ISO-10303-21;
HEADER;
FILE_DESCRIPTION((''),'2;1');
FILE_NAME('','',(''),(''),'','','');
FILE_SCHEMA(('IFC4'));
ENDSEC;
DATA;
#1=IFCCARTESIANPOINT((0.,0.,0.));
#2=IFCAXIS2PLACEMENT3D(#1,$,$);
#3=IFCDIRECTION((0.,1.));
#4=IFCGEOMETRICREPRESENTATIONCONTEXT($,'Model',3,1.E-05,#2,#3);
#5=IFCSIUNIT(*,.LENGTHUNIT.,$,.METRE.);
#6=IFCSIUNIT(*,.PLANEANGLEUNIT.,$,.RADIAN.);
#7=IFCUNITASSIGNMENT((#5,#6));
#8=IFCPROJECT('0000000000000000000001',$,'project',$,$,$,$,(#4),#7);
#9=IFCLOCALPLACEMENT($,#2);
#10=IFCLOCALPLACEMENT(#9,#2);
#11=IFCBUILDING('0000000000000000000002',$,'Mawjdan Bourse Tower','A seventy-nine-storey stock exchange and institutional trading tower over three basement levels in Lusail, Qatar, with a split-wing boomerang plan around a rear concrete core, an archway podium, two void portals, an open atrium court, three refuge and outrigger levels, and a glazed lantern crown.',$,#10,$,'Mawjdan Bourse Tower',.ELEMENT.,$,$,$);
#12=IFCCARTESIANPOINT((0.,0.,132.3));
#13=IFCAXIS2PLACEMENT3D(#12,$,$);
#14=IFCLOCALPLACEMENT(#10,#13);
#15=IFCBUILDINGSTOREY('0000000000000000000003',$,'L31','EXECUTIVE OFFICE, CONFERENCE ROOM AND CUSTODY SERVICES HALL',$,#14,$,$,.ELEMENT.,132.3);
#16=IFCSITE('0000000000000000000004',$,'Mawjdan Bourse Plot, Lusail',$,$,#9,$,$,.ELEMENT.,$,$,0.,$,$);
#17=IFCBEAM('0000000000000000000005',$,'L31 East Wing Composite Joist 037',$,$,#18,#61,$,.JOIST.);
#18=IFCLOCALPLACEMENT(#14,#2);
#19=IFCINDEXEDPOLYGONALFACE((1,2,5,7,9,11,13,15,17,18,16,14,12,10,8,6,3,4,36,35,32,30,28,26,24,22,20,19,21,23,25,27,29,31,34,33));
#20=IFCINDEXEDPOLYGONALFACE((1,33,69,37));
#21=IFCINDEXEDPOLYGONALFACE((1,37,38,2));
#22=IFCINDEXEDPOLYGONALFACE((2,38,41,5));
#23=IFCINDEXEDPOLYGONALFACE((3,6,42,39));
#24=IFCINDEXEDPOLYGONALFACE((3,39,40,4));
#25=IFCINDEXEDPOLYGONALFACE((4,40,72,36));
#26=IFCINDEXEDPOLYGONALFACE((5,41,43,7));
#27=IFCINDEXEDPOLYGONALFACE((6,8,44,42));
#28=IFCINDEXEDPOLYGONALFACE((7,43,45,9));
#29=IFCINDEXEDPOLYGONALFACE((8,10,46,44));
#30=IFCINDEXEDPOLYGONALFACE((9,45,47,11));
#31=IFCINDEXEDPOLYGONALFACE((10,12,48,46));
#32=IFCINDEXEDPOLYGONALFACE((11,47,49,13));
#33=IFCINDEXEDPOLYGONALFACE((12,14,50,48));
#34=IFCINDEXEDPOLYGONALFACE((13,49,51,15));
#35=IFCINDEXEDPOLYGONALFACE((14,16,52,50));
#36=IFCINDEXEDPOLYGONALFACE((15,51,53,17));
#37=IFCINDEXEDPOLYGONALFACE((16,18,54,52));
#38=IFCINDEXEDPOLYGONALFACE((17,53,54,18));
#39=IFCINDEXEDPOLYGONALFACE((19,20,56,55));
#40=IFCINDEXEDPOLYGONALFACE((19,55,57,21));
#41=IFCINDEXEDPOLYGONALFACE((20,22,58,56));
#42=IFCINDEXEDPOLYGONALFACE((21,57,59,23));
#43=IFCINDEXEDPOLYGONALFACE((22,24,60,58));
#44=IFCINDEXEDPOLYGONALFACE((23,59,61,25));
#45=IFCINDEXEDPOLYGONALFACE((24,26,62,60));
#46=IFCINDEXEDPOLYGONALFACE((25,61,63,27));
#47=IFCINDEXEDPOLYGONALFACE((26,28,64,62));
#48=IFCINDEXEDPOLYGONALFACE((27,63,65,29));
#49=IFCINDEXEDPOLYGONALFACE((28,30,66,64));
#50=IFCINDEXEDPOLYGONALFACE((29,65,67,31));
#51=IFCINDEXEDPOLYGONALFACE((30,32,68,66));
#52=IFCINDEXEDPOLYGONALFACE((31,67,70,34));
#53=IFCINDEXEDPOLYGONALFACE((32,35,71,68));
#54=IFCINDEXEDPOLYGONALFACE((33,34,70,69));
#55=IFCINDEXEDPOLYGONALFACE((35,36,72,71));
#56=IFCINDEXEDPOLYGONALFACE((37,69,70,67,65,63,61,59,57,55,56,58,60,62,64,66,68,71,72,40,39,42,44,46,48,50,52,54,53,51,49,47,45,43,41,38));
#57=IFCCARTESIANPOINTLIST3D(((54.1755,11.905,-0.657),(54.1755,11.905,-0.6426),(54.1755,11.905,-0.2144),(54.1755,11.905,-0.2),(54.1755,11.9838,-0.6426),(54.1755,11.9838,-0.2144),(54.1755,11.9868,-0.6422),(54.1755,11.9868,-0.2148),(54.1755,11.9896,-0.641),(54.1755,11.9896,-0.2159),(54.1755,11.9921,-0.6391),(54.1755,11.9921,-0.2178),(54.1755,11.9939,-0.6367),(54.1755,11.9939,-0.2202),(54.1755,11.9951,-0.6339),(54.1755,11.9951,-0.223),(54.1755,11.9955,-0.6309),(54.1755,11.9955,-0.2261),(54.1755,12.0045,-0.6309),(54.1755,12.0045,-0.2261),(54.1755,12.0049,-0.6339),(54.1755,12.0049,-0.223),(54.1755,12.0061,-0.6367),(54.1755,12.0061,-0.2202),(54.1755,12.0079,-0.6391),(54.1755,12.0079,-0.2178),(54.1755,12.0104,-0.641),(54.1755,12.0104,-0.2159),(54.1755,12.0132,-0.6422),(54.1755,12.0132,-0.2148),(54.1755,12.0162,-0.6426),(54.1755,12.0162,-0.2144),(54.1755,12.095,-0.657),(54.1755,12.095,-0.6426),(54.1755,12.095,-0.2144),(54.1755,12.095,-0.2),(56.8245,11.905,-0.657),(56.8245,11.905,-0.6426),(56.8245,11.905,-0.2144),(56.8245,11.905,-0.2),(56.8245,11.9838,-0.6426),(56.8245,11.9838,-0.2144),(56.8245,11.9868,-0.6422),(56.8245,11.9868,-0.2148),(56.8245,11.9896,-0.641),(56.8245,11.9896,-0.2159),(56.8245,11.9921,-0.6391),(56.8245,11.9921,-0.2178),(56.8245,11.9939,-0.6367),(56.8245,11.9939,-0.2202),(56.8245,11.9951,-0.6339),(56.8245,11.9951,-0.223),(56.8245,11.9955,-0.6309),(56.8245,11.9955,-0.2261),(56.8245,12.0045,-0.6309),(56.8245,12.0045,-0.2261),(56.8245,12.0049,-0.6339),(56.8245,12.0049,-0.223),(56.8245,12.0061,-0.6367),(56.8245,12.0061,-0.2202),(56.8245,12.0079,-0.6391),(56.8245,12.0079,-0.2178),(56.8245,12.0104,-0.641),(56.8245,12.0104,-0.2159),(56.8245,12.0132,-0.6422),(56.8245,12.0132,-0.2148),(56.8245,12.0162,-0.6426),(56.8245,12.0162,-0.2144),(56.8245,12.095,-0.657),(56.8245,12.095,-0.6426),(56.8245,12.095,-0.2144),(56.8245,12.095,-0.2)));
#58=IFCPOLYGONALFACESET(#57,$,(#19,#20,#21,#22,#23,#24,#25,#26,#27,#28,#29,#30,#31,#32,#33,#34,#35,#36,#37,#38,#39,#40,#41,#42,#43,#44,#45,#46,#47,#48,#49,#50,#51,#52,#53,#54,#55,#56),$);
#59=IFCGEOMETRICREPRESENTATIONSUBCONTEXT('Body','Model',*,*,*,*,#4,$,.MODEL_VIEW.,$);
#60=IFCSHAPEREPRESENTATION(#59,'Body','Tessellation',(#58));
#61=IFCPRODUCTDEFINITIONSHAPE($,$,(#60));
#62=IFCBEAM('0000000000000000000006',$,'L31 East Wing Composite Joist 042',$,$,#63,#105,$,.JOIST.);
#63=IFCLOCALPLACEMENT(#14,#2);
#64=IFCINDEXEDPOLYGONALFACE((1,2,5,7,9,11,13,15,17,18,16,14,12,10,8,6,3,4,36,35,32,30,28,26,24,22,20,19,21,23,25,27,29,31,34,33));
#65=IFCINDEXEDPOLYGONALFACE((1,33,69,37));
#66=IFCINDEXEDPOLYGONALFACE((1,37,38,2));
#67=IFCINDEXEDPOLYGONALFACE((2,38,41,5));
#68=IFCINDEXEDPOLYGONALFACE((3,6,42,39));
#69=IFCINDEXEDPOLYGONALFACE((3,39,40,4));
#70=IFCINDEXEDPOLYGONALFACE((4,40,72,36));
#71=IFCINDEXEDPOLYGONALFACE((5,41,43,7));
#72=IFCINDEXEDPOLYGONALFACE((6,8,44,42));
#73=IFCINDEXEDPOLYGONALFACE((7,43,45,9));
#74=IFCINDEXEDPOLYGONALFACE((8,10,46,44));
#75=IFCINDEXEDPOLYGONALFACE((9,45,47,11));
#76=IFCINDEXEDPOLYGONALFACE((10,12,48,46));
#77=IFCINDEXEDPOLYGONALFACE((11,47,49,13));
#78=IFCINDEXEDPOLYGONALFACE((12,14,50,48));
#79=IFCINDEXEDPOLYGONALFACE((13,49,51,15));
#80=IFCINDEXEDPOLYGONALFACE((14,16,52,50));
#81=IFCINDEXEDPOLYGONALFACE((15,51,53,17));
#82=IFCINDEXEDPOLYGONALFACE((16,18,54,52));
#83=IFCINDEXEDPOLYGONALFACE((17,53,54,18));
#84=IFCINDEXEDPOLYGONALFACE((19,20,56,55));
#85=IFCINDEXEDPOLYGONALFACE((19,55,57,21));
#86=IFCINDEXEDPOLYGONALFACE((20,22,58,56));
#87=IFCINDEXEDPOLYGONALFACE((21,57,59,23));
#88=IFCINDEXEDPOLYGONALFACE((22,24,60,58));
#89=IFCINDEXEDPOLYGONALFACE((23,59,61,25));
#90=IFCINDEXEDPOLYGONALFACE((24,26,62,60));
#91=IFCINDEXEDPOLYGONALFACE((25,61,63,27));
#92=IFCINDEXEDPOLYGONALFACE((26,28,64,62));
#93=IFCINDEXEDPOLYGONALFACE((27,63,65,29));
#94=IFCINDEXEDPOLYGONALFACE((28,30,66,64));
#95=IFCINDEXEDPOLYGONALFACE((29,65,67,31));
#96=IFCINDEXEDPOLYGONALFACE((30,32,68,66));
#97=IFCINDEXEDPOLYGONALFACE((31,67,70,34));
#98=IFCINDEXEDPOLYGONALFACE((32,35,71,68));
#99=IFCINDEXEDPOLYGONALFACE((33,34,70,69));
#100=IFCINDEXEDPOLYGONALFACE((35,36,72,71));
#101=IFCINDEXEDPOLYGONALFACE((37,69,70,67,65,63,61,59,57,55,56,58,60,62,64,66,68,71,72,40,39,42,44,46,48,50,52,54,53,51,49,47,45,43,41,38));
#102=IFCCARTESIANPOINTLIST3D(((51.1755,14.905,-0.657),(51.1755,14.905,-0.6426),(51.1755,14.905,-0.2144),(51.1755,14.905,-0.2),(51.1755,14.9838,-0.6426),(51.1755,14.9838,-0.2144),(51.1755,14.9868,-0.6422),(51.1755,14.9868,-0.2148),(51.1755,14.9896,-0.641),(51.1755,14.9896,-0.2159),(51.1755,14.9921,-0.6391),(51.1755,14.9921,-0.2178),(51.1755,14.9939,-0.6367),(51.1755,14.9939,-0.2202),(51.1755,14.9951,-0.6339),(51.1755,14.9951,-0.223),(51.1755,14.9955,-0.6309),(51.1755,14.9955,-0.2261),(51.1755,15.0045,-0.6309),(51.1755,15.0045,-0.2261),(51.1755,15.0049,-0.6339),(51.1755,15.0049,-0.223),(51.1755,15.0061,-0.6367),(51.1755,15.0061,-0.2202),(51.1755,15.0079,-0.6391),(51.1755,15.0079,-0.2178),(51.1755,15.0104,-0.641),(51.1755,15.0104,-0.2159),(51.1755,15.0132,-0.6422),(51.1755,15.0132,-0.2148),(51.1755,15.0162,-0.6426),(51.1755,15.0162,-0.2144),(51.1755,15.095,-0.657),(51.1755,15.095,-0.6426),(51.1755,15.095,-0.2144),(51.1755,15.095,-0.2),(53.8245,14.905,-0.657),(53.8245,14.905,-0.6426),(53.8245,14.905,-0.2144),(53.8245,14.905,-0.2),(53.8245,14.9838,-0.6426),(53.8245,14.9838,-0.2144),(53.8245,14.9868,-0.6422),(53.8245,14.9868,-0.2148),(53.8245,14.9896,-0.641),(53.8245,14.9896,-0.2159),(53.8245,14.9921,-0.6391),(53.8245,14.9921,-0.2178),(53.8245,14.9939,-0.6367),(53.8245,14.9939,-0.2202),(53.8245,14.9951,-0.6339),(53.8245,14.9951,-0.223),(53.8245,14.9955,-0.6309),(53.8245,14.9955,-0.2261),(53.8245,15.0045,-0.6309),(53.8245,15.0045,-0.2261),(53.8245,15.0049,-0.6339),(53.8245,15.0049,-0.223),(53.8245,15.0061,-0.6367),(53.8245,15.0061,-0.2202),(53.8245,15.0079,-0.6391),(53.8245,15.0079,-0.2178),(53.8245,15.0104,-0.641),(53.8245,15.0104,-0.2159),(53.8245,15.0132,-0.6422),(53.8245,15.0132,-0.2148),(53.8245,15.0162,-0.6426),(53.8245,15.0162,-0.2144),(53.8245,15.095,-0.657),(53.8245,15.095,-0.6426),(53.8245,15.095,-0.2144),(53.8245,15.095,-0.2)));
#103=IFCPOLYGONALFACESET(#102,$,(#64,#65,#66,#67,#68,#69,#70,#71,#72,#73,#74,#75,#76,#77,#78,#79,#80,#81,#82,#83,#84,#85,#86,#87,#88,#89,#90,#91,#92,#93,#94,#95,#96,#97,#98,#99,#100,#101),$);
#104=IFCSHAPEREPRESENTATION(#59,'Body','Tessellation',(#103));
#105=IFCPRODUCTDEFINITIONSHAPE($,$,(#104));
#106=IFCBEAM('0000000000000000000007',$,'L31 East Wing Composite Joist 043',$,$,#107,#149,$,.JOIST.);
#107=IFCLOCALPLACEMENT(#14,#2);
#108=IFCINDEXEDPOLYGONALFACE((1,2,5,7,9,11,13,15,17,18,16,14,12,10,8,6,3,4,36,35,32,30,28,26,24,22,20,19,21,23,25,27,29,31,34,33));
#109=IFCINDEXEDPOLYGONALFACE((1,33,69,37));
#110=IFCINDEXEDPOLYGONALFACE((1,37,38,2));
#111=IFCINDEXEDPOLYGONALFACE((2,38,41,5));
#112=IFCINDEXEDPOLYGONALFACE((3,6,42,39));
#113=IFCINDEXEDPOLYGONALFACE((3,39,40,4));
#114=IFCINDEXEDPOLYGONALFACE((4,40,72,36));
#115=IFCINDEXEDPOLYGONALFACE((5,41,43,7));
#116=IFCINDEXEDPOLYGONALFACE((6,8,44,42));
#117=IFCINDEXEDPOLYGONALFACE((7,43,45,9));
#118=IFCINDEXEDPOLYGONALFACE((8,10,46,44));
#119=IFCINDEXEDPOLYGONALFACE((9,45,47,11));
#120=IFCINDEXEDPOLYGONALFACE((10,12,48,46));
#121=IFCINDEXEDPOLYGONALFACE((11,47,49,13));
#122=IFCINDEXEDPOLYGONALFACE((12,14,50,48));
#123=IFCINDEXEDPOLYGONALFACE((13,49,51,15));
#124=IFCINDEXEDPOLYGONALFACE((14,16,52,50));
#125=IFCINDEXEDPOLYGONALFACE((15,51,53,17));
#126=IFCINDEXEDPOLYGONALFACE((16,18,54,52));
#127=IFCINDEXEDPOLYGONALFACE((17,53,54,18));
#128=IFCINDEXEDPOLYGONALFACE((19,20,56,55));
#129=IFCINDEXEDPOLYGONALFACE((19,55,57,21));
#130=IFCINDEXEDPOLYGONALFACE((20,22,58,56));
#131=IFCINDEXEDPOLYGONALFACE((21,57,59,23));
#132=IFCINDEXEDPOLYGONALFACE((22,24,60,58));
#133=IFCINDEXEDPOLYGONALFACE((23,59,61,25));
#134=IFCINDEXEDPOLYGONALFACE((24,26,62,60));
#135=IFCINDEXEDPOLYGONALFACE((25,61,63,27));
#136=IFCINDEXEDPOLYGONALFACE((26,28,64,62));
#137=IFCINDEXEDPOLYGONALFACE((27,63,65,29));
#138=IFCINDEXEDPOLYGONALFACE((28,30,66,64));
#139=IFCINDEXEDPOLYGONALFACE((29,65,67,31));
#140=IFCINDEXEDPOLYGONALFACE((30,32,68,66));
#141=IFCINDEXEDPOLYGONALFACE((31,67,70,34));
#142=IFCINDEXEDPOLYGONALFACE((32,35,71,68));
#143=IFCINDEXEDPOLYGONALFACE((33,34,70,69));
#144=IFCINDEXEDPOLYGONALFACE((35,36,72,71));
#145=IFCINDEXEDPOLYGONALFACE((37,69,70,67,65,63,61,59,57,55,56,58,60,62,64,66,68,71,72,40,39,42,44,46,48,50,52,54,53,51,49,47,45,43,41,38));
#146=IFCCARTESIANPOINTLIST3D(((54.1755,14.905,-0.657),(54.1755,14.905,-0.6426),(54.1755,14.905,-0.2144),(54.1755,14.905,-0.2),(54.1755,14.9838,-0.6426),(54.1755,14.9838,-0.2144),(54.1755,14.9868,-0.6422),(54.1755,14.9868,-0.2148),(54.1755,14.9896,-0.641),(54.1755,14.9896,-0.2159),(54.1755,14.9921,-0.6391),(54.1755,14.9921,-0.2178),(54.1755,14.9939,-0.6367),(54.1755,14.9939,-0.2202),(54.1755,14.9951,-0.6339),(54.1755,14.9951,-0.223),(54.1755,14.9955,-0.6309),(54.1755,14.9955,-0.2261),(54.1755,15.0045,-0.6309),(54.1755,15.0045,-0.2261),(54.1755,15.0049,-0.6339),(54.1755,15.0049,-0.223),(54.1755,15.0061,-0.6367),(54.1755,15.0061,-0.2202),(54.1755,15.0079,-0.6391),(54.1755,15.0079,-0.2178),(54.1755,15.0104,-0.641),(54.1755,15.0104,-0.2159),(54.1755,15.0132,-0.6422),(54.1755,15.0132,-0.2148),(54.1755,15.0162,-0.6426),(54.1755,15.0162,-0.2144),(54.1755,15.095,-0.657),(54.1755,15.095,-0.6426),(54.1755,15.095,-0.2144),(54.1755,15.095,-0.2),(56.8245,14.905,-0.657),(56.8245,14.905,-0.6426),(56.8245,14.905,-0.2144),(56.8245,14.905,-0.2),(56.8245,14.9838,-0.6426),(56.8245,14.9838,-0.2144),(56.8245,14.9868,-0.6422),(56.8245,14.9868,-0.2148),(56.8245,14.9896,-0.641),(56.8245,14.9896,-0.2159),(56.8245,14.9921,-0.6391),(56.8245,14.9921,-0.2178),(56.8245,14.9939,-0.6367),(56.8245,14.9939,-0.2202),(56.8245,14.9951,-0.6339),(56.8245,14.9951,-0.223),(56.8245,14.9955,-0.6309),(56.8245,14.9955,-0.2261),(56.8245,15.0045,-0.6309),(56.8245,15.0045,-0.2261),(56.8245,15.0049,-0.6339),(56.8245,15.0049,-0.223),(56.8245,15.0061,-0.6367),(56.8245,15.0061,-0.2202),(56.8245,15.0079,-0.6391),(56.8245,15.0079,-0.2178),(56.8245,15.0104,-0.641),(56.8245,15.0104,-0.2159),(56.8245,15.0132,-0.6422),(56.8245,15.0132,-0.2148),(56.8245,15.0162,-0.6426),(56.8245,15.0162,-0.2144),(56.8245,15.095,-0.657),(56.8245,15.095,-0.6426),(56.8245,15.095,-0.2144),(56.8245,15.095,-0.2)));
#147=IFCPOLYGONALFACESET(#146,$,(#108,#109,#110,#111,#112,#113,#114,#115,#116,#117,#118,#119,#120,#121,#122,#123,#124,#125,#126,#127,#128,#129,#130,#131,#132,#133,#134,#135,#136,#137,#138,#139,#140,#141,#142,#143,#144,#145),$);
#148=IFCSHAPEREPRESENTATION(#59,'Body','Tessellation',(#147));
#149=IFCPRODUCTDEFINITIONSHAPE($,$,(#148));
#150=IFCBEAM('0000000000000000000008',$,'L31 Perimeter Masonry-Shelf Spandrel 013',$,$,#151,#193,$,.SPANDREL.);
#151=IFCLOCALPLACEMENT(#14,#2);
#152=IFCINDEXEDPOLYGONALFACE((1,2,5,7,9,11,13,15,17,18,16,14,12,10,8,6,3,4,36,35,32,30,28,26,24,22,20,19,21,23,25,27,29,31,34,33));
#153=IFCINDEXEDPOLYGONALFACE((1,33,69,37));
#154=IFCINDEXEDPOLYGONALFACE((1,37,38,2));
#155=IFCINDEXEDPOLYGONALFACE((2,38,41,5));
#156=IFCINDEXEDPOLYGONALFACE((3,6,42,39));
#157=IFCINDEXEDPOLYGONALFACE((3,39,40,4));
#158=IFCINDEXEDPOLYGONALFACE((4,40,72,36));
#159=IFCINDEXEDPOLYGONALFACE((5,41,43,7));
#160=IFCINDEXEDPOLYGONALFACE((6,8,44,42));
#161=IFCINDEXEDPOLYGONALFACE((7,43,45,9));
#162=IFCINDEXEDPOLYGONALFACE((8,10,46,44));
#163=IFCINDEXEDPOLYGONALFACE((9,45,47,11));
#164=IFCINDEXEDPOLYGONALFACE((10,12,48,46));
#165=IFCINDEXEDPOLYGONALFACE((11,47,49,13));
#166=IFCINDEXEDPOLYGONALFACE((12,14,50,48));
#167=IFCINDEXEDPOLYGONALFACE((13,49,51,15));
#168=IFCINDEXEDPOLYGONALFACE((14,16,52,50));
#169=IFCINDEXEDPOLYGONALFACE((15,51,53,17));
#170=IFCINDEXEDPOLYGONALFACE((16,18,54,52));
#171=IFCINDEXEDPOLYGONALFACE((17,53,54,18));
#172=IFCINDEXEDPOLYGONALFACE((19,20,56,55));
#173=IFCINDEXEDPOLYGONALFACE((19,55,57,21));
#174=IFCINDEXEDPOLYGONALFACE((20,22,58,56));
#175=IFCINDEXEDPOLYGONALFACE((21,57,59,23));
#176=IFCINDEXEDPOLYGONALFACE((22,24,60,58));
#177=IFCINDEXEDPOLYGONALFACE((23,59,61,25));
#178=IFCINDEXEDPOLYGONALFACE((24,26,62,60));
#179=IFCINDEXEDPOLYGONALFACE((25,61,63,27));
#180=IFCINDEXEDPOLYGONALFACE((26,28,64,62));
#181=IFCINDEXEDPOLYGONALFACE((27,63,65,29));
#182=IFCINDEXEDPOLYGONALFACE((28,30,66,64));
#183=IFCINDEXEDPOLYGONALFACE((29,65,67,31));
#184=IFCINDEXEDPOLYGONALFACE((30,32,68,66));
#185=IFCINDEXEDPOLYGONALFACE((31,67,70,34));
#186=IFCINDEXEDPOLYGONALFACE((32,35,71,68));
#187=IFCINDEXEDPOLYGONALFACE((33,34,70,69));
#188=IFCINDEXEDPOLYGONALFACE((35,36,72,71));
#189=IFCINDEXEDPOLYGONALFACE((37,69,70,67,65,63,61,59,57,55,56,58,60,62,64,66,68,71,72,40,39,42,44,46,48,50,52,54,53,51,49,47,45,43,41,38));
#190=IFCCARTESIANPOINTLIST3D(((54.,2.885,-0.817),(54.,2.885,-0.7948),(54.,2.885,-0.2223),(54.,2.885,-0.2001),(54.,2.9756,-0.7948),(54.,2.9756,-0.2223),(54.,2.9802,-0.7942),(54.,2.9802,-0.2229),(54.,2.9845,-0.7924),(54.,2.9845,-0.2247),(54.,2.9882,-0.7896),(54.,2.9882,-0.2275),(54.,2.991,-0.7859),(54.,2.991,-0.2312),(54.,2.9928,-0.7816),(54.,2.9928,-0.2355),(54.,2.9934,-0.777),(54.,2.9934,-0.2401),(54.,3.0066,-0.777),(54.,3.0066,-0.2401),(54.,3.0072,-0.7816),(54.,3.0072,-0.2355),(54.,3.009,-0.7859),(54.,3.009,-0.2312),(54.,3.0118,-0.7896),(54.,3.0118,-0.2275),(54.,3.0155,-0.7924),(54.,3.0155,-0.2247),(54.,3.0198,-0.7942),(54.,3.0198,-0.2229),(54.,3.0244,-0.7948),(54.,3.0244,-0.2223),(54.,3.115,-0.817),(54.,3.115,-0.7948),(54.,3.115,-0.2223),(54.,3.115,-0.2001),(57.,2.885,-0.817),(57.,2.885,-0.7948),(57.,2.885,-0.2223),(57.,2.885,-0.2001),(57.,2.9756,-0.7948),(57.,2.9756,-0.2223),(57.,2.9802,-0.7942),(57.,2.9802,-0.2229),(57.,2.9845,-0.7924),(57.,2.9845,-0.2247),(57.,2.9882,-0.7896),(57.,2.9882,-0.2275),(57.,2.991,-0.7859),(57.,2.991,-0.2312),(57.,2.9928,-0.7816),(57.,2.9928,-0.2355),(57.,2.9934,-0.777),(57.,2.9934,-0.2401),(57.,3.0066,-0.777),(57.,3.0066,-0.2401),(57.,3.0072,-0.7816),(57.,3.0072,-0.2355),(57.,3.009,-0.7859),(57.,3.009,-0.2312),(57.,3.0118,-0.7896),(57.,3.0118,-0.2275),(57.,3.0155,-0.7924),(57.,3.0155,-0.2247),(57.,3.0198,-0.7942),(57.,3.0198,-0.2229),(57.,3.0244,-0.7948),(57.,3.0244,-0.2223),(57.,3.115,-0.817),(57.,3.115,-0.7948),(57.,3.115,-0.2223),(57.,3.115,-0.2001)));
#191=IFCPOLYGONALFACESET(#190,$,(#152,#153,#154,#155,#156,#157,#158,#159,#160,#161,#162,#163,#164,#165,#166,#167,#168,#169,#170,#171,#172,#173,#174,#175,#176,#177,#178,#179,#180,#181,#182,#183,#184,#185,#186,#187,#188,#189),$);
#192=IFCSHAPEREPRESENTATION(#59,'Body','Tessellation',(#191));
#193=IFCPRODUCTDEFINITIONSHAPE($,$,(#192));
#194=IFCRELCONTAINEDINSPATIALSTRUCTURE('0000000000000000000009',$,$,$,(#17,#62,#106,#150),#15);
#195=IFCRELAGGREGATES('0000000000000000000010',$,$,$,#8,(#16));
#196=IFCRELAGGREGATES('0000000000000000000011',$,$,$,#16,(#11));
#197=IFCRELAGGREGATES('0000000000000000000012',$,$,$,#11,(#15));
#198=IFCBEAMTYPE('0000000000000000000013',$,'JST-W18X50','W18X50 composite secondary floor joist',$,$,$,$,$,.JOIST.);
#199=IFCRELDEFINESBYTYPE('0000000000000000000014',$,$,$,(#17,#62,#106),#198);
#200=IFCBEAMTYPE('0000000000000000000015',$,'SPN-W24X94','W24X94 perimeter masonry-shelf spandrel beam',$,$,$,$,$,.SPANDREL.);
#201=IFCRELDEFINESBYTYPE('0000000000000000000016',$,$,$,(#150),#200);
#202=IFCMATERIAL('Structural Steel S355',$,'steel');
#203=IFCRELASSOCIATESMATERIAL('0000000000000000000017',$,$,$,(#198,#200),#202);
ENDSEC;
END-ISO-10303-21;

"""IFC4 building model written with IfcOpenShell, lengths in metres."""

from ifc_helpers import new_model, si_unit, direction, frame, origin, origin_2d, place, context, subcontext, project, spatial, i_section, extrude, material, material_profile, profile_set, type_object, element, save


model = new_model("IFC4")

# Units and contexts
model_context = context("Model", 3, precision=1e-05, world=origin(), true_north=direction((0.0, 1.0)))
body_context = subcontext(model_context, "Body", "Model", "MODEL_VIEW")
ifc_project = project(units=[si_unit("LENGTHUNIT", "METRE"), si_unit("PLANEANGLEUNIT", "RADIAN")], contexts=[model_context])

# Site, building, storey
site_placement = place(None, origin())
site = spatial("IfcSite", under=ifc_project, at=site_placement, Name="Mawjdan Bourse Plot, Lusail", CompositionType="ELEMENT", RefElevation=0.0)
building_placement = place(site_placement, origin())
building = spatial("IfcBuilding", under=site, at=building_placement, Name="Mawjdan Bourse Tower", Description="A seventy-nine-storey stock exchange and institutional trading tower over three basement levels in Lusail, Qatar, with a split-wing boomerang plan around a rear concrete core, an archway podium, two void portals, an open atrium court, three refuge and outrigger levels, and a glazed lantern crown.", LongName="Mawjdan Bourse Tower", CompositionType="ELEMENT")
storey_placement = place(building_placement, frame((0.0, 0.0, 132.3)))
storey = spatial("IfcBuildingStorey", under=building, at=storey_placement, Name="L31", Description="EXECUTIVE OFFICE, CONFERENCE ROOM AND CUSTODY SERVICES HALL", CompositionType="ELEMENT", Elevation=132.3)

# Beams
ifc_material_1 = material(Name="Structural Steel S355", Category="steel")
ifc_material_profile_1 = material_profile(ifc_material_1, i_section(OverallWidth=0.1899, OverallDepth=0.457, WebThickness=0.009, FlangeThickness=0.0144, FilletRadius=0.0117, at=origin_2d()), Name="W18X50")
ifc_profile_set_1 = profile_set([ifc_material_profile_1], Name="Structural Steel S355")
beam_type_1 = type_object("IfcBeamType", Name="JST-W18X50", Description="W18X50 composite secondary floor joist", PredefinedType="JOIST", material=ifc_profile_set_1)
for number, where, z_axis, x_axis, name in (
    (1, (54.1755, 12.0, -0.4285), (1.0, 0.0, 0.0), (0.0, 1.0, 0.0), "L31 East Wing Composite Joist 037"),
    (2, (51.1755, 15.0, -0.4285), (1.0, 0.0, 0.0), (0.0, 1.0, 0.0), "L31 East Wing Composite Joist 042"),
    (3, (54.1755, 15.0, -0.4285), (1.0, 0.0, 0.0), (0.0, 1.0, 0.0), "L31 East Wing Composite Joist 043"),
):
    element("IfcBeam", number, at=place(storey_placement, frame(where, z_axis=z_axis, x_axis=x_axis)), inside=storey, type_object=beam_type_1, Name=name, PredefinedType="JOIST", context=body_context, shape_type="SweptSolid", body=[
        extrude(i_section(OverallWidth=0.1899, OverallDepth=0.457, WebThickness=0.009, FlangeThickness=0.0144, FilletRadius=0.0117, at=origin_2d()), origin(), (0.0, 0.0, 1.0), 2.6489),
    ])
ifc_material_profile_2 = material_profile(ifc_material_1, i_section(OverallWidth=0.23, OverallDepth=0.6169, WebThickness=0.0132, FlangeThickness=0.0222, FilletRadius=0.0178, at=origin_2d()), Name="W24X94")
ifc_profile_set_2 = profile_set([ifc_material_profile_2], Name="Structural Steel S355")
beam_type_2 = type_object("IfcBeamType", Name="SPN-W24X94", Description="W24X94 perimeter masonry-shelf spandrel beam", PredefinedType="SPANDREL", material=ifc_profile_set_2)
beam_placement = place(storey_placement, frame((54.0, 3.0, -0.5085), z_axis=(1.0, 0.0, 0.0), x_axis=(0.0, 1.0, 0.0)))
element("IfcBeam", 4, at=beam_placement, inside=storey, type_object=beam_type_2, Name="L31 Perimeter Masonry-Shelf Spandrel 013", PredefinedType="SPANDREL", context=body_context, shape_type="SweptSolid", body=[
    extrude(i_section(OverallWidth=0.23, OverallDepth=0.6169, WebThickness=0.0132, FlangeThickness=0.0222, FilletRadius=0.0178, at=origin_2d()), origin(), (0.0, 0.0, 1.0), 3.0),
])

save(model, "model.ifc")
